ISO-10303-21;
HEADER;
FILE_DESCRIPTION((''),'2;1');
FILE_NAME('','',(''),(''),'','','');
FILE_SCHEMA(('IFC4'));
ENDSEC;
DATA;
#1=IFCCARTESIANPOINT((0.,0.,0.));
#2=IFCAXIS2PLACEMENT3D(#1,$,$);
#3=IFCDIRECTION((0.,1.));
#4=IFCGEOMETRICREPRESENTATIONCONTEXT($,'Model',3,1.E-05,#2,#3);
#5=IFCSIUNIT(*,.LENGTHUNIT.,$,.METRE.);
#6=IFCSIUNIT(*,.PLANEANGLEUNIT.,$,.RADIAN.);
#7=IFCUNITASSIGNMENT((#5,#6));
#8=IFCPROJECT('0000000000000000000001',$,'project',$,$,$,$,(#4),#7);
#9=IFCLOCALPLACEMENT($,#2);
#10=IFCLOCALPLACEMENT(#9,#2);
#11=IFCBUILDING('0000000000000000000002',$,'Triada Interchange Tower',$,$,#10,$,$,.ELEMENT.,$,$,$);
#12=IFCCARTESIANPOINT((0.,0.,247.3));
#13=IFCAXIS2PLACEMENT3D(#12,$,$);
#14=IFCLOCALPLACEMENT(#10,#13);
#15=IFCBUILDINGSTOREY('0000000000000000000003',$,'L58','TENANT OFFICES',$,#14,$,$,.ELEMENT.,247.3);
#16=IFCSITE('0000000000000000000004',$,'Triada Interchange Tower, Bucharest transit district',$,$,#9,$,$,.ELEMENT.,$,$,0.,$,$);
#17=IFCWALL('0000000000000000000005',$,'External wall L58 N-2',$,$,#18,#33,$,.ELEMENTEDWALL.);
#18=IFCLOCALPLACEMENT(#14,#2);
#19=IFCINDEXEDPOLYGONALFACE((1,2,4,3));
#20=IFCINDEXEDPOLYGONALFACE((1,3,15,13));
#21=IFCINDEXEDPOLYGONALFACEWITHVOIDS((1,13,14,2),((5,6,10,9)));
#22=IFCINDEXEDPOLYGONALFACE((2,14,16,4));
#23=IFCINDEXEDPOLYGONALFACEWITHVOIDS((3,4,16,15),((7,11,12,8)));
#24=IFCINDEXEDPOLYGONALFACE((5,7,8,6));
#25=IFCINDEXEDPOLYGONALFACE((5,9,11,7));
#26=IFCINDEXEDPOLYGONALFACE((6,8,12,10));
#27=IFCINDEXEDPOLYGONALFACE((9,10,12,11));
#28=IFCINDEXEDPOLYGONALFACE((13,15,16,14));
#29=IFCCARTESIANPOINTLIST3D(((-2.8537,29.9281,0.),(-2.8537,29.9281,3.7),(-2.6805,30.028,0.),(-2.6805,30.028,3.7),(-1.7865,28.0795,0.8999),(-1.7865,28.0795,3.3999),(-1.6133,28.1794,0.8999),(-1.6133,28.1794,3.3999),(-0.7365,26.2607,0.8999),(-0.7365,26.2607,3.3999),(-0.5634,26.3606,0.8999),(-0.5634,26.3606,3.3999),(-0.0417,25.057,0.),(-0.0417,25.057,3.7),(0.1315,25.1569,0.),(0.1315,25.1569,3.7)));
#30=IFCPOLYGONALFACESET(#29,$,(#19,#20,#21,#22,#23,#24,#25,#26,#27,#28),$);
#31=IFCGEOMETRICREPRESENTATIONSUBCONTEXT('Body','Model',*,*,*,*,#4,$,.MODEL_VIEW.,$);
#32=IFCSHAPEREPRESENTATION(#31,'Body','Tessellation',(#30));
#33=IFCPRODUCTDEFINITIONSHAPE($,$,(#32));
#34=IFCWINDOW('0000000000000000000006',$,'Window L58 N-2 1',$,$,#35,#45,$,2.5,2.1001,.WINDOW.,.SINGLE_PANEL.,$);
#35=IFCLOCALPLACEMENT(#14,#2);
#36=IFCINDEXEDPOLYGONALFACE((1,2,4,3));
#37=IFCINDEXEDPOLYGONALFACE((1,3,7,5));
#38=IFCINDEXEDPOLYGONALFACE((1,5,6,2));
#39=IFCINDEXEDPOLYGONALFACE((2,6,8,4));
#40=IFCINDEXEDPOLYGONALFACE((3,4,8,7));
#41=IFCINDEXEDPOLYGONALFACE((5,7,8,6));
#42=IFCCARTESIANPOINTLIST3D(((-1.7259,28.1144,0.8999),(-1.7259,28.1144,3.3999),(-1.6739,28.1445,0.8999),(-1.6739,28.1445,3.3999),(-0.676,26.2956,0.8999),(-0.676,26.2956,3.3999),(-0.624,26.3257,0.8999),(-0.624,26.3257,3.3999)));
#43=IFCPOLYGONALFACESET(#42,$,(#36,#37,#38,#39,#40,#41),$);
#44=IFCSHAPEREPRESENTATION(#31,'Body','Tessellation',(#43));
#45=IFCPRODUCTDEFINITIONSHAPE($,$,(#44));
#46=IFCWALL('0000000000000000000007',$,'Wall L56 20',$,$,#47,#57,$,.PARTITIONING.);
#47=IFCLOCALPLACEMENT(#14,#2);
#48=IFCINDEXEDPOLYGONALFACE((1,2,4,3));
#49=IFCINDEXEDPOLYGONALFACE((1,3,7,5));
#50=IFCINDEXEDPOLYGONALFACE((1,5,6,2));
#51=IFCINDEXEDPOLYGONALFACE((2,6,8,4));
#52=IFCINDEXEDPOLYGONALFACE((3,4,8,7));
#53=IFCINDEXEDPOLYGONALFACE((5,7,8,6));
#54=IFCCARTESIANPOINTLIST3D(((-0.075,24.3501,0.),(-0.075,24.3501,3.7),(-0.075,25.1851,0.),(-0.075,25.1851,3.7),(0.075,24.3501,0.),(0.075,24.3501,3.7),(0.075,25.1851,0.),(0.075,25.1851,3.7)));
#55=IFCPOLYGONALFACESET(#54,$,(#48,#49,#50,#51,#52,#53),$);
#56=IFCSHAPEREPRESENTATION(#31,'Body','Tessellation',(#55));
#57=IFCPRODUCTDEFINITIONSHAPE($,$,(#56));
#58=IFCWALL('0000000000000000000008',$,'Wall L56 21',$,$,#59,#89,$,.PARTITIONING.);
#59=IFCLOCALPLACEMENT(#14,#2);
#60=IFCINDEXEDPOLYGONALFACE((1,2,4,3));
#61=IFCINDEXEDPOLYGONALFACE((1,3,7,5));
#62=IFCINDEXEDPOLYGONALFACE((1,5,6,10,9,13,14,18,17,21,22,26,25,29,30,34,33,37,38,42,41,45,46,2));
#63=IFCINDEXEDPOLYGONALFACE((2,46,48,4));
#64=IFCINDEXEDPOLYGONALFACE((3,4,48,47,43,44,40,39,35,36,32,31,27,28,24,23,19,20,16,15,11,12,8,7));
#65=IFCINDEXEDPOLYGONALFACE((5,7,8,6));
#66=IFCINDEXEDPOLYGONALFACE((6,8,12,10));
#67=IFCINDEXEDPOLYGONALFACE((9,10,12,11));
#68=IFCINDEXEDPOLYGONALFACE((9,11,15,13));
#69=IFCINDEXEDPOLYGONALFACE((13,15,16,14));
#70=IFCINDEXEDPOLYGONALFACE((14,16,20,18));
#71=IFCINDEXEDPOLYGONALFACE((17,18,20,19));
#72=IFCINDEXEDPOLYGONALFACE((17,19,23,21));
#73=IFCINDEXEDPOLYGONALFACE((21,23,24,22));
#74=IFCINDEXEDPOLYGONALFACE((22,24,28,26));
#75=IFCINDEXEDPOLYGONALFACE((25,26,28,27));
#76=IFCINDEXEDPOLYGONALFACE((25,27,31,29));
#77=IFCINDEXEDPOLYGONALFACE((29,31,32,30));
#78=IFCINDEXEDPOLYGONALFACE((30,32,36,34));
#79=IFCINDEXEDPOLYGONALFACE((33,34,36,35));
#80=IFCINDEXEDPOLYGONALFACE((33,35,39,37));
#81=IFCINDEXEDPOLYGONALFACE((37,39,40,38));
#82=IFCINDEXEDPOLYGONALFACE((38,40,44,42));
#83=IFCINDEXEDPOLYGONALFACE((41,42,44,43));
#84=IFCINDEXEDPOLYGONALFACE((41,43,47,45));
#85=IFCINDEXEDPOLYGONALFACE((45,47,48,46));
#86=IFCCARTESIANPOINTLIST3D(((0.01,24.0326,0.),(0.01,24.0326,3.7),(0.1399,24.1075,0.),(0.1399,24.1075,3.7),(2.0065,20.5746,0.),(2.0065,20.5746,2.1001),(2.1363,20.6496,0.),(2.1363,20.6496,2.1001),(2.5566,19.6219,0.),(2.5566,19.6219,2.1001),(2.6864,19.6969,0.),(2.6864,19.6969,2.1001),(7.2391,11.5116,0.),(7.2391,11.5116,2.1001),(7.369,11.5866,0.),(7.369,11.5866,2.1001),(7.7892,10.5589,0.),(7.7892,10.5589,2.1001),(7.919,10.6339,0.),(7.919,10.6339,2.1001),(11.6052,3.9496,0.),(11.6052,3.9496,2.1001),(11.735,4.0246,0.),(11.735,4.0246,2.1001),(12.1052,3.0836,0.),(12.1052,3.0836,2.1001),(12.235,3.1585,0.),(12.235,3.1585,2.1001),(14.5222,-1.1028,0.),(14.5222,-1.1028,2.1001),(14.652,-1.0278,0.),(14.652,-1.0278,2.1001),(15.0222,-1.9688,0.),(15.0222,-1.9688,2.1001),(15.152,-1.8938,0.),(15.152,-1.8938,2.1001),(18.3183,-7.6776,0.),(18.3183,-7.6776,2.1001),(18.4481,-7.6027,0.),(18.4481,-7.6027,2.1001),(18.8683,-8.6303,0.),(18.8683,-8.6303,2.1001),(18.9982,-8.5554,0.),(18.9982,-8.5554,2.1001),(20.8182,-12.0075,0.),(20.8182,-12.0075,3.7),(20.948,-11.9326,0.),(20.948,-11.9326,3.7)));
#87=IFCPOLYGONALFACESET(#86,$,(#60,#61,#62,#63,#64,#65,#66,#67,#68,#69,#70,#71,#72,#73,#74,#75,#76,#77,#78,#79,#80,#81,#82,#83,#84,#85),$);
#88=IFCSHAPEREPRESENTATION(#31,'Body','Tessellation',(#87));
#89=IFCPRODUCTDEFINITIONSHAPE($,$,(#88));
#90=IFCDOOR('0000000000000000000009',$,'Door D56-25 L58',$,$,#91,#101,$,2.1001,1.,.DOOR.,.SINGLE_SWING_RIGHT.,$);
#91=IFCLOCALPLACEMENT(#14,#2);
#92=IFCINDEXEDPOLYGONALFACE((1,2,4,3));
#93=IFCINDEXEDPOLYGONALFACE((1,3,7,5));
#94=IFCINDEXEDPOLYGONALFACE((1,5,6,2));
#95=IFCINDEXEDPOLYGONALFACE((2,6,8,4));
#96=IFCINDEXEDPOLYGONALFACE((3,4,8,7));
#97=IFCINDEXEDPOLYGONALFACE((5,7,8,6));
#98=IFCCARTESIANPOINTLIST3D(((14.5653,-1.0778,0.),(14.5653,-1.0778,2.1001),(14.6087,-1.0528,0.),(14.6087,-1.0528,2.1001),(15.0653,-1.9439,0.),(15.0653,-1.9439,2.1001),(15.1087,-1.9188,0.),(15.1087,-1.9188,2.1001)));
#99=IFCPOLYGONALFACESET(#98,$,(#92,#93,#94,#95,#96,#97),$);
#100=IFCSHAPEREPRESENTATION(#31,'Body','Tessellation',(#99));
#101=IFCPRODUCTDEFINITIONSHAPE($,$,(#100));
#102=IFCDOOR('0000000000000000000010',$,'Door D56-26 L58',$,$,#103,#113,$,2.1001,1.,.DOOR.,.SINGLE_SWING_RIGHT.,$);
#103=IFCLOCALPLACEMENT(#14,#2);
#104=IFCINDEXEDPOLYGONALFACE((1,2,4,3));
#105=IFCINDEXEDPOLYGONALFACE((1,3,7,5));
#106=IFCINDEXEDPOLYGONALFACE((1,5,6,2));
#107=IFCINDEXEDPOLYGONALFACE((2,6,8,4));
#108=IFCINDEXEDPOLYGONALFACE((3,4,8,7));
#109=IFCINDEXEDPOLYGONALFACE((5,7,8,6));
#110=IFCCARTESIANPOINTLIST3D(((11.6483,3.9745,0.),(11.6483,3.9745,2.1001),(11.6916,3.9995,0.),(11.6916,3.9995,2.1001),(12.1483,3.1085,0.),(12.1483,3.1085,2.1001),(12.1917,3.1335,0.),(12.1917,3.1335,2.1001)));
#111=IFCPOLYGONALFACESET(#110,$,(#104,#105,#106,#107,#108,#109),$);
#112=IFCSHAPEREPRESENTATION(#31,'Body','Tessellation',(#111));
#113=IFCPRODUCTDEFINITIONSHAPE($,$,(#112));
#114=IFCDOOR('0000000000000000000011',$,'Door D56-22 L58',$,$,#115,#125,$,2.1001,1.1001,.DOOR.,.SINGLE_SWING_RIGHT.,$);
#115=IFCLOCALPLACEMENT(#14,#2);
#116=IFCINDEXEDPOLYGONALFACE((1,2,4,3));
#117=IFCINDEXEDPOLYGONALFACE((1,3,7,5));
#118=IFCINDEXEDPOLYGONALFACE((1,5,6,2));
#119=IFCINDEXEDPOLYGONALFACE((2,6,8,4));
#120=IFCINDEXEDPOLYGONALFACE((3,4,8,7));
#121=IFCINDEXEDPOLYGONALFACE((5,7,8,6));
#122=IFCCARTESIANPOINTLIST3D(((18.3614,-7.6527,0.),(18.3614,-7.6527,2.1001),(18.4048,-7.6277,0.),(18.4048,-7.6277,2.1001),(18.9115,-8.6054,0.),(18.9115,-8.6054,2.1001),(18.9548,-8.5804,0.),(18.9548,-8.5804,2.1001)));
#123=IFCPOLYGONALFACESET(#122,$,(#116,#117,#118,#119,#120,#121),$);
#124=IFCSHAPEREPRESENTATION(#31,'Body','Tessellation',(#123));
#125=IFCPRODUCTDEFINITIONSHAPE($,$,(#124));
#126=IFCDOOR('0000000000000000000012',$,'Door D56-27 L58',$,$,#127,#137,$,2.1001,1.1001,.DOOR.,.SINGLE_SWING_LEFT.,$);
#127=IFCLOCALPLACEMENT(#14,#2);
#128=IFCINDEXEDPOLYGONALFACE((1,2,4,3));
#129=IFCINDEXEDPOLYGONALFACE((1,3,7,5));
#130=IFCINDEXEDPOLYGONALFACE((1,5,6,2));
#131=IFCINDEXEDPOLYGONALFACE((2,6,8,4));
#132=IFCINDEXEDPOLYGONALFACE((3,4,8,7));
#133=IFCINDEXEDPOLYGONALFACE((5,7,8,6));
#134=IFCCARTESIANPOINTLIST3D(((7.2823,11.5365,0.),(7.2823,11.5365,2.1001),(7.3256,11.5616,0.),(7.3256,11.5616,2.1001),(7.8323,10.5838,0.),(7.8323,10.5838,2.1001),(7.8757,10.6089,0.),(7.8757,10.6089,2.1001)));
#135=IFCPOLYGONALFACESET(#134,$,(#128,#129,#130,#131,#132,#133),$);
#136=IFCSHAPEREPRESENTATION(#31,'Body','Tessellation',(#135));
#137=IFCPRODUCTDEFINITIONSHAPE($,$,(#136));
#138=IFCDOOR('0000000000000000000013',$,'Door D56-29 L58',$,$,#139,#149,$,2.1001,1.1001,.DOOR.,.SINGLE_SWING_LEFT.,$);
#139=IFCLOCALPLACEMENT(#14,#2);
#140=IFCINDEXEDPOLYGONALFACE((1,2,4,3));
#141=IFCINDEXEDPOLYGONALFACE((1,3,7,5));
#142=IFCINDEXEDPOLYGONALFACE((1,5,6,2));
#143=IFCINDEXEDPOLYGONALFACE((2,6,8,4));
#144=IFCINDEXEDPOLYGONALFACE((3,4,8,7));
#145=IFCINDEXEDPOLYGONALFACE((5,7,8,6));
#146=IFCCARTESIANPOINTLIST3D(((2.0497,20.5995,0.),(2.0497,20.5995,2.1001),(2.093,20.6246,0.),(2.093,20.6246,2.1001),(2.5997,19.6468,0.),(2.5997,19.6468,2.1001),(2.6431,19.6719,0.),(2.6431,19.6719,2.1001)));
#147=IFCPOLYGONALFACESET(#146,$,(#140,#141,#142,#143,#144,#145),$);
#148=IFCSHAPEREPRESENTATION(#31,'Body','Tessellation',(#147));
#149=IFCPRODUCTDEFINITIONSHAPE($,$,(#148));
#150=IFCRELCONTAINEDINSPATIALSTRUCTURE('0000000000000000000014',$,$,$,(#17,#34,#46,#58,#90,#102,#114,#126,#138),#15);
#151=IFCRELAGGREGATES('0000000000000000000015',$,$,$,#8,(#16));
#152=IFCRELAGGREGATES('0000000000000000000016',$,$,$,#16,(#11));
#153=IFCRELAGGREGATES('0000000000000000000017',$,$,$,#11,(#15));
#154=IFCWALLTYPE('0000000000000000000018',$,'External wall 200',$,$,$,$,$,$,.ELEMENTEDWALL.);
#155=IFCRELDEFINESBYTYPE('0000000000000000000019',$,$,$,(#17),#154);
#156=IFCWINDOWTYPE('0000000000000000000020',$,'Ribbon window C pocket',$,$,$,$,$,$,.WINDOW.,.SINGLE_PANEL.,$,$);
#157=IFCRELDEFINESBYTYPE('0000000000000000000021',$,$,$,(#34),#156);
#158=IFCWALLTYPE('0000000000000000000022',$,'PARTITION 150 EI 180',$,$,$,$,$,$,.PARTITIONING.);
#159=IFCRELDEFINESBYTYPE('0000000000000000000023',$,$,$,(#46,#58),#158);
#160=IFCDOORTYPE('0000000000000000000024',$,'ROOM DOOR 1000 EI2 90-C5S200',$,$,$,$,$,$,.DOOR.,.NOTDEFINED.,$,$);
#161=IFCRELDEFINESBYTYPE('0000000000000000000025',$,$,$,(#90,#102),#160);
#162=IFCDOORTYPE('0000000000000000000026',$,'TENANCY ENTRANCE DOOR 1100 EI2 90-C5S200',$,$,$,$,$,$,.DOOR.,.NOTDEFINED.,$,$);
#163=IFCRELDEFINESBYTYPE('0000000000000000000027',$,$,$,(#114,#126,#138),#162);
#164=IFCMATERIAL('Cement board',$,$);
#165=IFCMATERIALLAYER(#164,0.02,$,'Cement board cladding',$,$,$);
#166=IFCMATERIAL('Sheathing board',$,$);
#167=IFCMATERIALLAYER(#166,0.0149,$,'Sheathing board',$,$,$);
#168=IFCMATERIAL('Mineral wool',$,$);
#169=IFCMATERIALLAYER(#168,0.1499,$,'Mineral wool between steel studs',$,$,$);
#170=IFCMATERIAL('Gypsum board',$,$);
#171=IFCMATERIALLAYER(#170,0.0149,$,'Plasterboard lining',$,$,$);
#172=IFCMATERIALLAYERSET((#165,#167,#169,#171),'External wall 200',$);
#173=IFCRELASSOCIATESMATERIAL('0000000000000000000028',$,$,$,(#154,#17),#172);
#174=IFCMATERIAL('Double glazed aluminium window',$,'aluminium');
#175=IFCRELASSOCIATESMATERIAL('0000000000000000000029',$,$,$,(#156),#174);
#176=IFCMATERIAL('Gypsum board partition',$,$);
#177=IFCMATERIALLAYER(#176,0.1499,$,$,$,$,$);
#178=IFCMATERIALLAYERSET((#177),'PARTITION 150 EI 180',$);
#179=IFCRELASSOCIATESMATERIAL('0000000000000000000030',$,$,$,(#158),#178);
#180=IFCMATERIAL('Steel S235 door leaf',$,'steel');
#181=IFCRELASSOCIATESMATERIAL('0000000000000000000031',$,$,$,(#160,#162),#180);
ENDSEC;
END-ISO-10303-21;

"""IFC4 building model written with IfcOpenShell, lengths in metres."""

from ifc_helpers import new_model, si_unit, direction, frame, frame_2d, origin, place, context, subcontext, project, spatial, rectangle, extrude, material, layer, layer_set, layer_usage, type_object, element, fill, save


model = new_model("IFC4")

# Units and contexts
model_context = context("Model", 3, precision=1e-05, world=origin(), true_north=direction((0.0, 1.0)))
body_context = subcontext(model_context, "Body", "Model", "MODEL_VIEW")
ifc_project = project(units=[si_unit("LENGTHUNIT", "METRE"), si_unit("PLANEANGLEUNIT", "RADIAN")], contexts=[model_context])

# Site, building, storey
site_placement = place(None, origin())
site = spatial("IfcSite", under=ifc_project, at=site_placement, Name="Triada Interchange Tower, Bucharest transit district", CompositionType="ELEMENT", RefElevation=0.0)
building_placement = place(site_placement, origin())
building = spatial("IfcBuilding", under=site, at=building_placement, Name="Triada Interchange Tower", CompositionType="ELEMENT")
storey_placement = place(building_placement, frame((0.0, 0.0, 247.3)))
storey = spatial("IfcBuildingStorey", under=building, at=storey_placement, Name="L58", Description="TENANT OFFICES", CompositionType="ELEMENT", Elevation=247.3)

# Wall, opening, window
ifc_material_1 = material(Name="Cement board")
ifc_layer_1 = layer(ifc_material_1, 0.02, Name="Cement board cladding")
ifc_material_2 = material(Name="Sheathing board")
ifc_layer_2 = layer(ifc_material_2, 0.0149, Name="Sheathing board")
ifc_material_3 = material(Name="Mineral wool")
ifc_layer_3 = layer(ifc_material_3, 0.1499, Name="Mineral wool between steel studs")
ifc_material_4 = material(Name="Gypsum board")
ifc_layer_4 = layer(ifc_material_4, 0.0149, Name="Plasterboard lining")
ifc_layer_set_1 = layer_set([ifc_layer_1, ifc_layer_2, ifc_layer_3, ifc_layer_4], Name="External wall 200")
ifc_layer_usage = layer_usage(ifc_layer_set_1, "AXIS2", "POSITIVE", -0.1001)
wall_type_1 = type_object("IfcWallType", Name="External wall 200", PredefinedType="ELEMENTEDWALL", material=ifc_layer_set_1)
ifc_material_5 = material(Name="Double glazed aluminium window", Category="aluminium")
window_type = type_object("IfcWindowType", Name="Ribbon window C pocket", PartitioningType="SINGLE_PANEL", PredefinedType="WINDOW", material=ifc_material_5)
wall_1_placement = place(storey_placement, frame((0.0449, 25.1069, 0.0), z_axis=(0.0, 0.0, 1.0), x_axis=(-0.499958, 0.86605, 0.0)))
wall_1 = element("IfcWall", 1, at=wall_1_placement, inside=storey, type_object=wall_type_1, material=ifc_layer_usage, Name="External wall L58 N-2", PredefinedType="ELEMENTEDWALL", context=body_context, shape_type="SweptSolid", body=[
    extrude(rectangle(XDim=5.6245, YDim=0.2, at=frame_2d((2.8123, 0.0))), origin(), (0.0, 0.0, 1.0), 3.7),
])
opening_1_placement = place(wall_1_placement, frame((1.3899, 0.0, 0.8999)))
opening_1 = element("IfcOpeningElement", 2, at=opening_1_placement, cuts=wall_1, PredefinedType="OPENING", context=body_context, shape_type="SweptSolid", body=[
    extrude(rectangle(XDim=2.1001, YDim=2.5, at=frame_2d((1.05, 1.25))), frame((0.0, 0.1099, 0.0), z_axis=(0.0, -1.0, 0.0), x_axis=(1.0, 0.0, 0.0)), (0.0, 0.0, 1.0), 0.22),
])
window_1_placement = place(opening_1_placement, origin())
window_1 = element("IfcWindow", 3, at=window_1_placement, inside=storey, type_object=window_type, Name="Window L58 N-2 1", OverallHeight=2.5, OverallWidth=2.1001, PartitioningType="SINGLE_PANEL", PredefinedType="WINDOW", context=body_context, shape_type="SweptSolid", body=[
    extrude(rectangle(XDim=2.1001, YDim=2.5, at=frame_2d((1.05, 1.25))), frame((0.0, 0.03, 0.0), z_axis=(0.0, -1.0, 0.0), x_axis=(1.0, 0.0, 0.0)), (0.0, 0.0, 1.0), 0.0601),
])
fill(opening_1, window_1)

# Wall
ifc_material_6 = material(Name="Gypsum board partition")
ifc_layer_5 = layer(ifc_material_6, 0.1499)
ifc_layer_set_2 = layer_set([ifc_layer_5], Name="PARTITION 150 EI 180")
wall_type_2 = type_object("IfcWallType", Name="PARTITION 150 EI 180", PredefinedType="PARTITIONING", material=ifc_layer_set_2)
wall_2_placement = place(storey_placement, frame((0.0, 24.3501, 0.0), z_axis=(0.0, 0.0, 1.0), x_axis=(0.0, 1.0, 0.0)))
element("IfcWall", 4, at=wall_2_placement, inside=storey, type_object=wall_type_2, Name="Wall L56 20", PredefinedType="PARTITIONING", context=body_context, shape_type="SweptSolid", body=[
    extrude(rectangle(XDim=0.835, YDim=0.1499, at=frame_2d((0.4175, 0.0))), origin(), (0.0, 0.0, 1.0), 3.7),
])

# Wall, openings, doors
wall_3_placement = place(storey_placement, frame((0.075, 24.0701, 0.0), z_axis=(0.0, 0.0, 1.0), x_axis=(0.500007, -0.866021, 0.0)))
wall_3 = element("IfcWall", 5, at=wall_3_placement, inside=storey, type_object=wall_type_2, Name="Wall L56 21", PredefinedType="PARTITIONING", context=body_context, shape_type="SweptSolid", body=[
    extrude(rectangle(XDim=41.6157, YDim=0.1499, at=frame_2d((20.8079, 0.0))), origin(), (0.0, 0.0, 1.0), 3.7),
])
opening_2_placement = place(wall_3_placement, frame((36.616, 0.0, 0.0)))
opening_2 = element("IfcOpeningElement", 6, at=opening_2_placement, cuts=wall_3, PredefinedType="OPENING", context=body_context, shape_type="SweptSolid", body=[
    extrude(rectangle(XDim=1.1001, YDim=2.1001, at=frame_2d((0.55, 1.05))), frame((0.0, 0.085, 0.0), z_axis=(0.0, -1.0, 0.0), x_axis=(1.0, 0.0, 0.0)), (0.0, 0.0, 1.0), 0.1699),
])
opening_3_placement = place(wall_3_placement, frame((29.0239, 0.0, 0.0)))
opening_3 = element("IfcOpeningElement", 7, at=opening_3_placement, cuts=wall_3, PredefinedType="OPENING", context=body_context, shape_type="SweptSolid", body=[
    extrude(rectangle(XDim=1.0, YDim=2.1001, at=frame_2d((0.5, 1.05))), frame((0.0, 0.085, 0.0), z_axis=(0.0, -1.0, 0.0), x_axis=(1.0, 0.0, 0.0)), (0.0, 0.0, 1.0), 0.1699),
])
opening_4_placement = place(wall_3_placement, frame((23.1899, 0.0, 0.0)))
opening_4 = element("IfcOpeningElement", 8, at=opening_4_placement, cuts=wall_3, PredefinedType="OPENING", context=body_context, shape_type="SweptSolid", body=[
    extrude(rectangle(XDim=1.0, YDim=2.1001, at=frame_2d((0.5, 1.05))), frame((0.0, 0.085, 0.0), z_axis=(0.0, -1.0, 0.0), x_axis=(1.0, 0.0, 0.0)), (0.0, 0.0, 1.0), 0.1699),
])
opening_5_placement = place(wall_3_placement, frame((14.458, 0.0, 0.0)))
opening_5 = element("IfcOpeningElement", 9, at=opening_5_placement, cuts=wall_3, PredefinedType="OPENING", context=body_context, shape_type="SweptSolid", body=[
    extrude(rectangle(XDim=1.1001, YDim=2.1001, at=frame_2d((0.55, 1.05))), frame((0.0, 0.085, 0.0), z_axis=(0.0, -1.0, 0.0), x_axis=(1.0, 0.0, 0.0)), (0.0, 0.0, 1.0), 0.1699),
])
opening_6_placement = place(wall_3_placement, frame((3.9929, 0.0, 0.0)))
opening_6 = element("IfcOpeningElement", 10, at=opening_6_placement, cuts=wall_3, PredefinedType="OPENING", context=body_context, shape_type="SweptSolid", body=[
    extrude(rectangle(XDim=1.1001, YDim=2.1001, at=frame_2d((0.55, 1.05))), frame((0.0, 0.085, 0.0), z_axis=(0.0, -1.0, 0.0), x_axis=(1.0, 0.0, 0.0)), (0.0, 0.0, 1.0), 0.1699),
])
ifc_material_7 = material(Name="Steel S235 door leaf", Category="steel")
door_type_1 = type_object("IfcDoorType", Name="ROOM DOOR 1000 EI2 90-C5S200", OperationType="NOTDEFINED", PredefinedType="DOOR", material=ifc_material_7)
door_1_placement = place(opening_3_placement, origin())
door_1 = element("IfcDoor", 11, at=door_1_placement, inside=storey, type_object=door_type_1, Name="Door D56-25 L58", OperationType="SINGLE_SWING_RIGHT", OverallHeight=2.1001, OverallWidth=1.0, PredefinedType="DOOR", context=body_context, shape_type="SweptSolid", body=[
    extrude(rectangle(XDim=1.0, YDim=2.1001, at=frame_2d((0.5, 1.05))), frame((0.0, 0.0249, 0.0), z_axis=(0.0, -1.0, 0.0), x_axis=(1.0, 0.0, 0.0)), (0.0, 0.0, 1.0), 0.05),
])
fill(opening_3, door_1)
door_2_placement = place(opening_4_placement, origin())
door_2 = element("IfcDoor", 12, at=door_2_placement, inside=storey, type_object=door_type_1, Name="Door D56-26 L58", OperationType="SINGLE_SWING_RIGHT", OverallHeight=2.1001, OverallWidth=1.0, PredefinedType="DOOR", context=body_context, shape_type="SweptSolid", body=[
    extrude(rectangle(XDim=1.0, YDim=2.1001, at=frame_2d((0.5, 1.05))), frame((0.0, 0.0249, 0.0), z_axis=(0.0, -1.0, 0.0), x_axis=(1.0, 0.0, 0.0)), (0.0, 0.0, 1.0), 0.05),
])
fill(opening_4, door_2)
door_type_2 = type_object("IfcDoorType", Name="TENANCY ENTRANCE DOOR 1100 EI2 90-C5S200", OperationType="NOTDEFINED", PredefinedType="DOOR", material=ifc_material_7)
door_3_placement = place(opening_2_placement, origin())
door_3 = element("IfcDoor", 13, at=door_3_placement, inside=storey, type_object=door_type_2, Name="Door D56-22 L58", OperationType="SINGLE_SWING_RIGHT", OverallHeight=2.1001, OverallWidth=1.1001, PredefinedType="DOOR", context=body_context, shape_type="SweptSolid", body=[
    extrude(rectangle(XDim=1.1001, YDim=2.1001, at=frame_2d((0.55, 1.05))), frame((0.0, 0.0249, 0.0), z_axis=(0.0, -1.0, 0.0), x_axis=(1.0, 0.0, 0.0)), (0.0, 0.0, 1.0), 0.05),
])
fill(opening_2, door_3)
door_4_placement = place(opening_5_placement, origin())
door_4 = element("IfcDoor", 14, at=door_4_placement, inside=storey, type_object=door_type_2, Name="Door D56-27 L58", OperationType="SINGLE_SWING_LEFT", OverallHeight=2.1001, OverallWidth=1.1001, PredefinedType="DOOR", context=body_context, shape_type="SweptSolid", body=[
    extrude(rectangle(XDim=1.1001, YDim=2.1001, at=frame_2d((0.55, 1.05))), frame((0.0, 0.0249, 0.0), z_axis=(0.0, -1.0, 0.0), x_axis=(1.0, 0.0, 0.0)), (0.0, 0.0, 1.0), 0.05),
])
fill(opening_5, door_4)
door_5_placement = place(opening_6_placement, origin())
door_5 = element("IfcDoor", 15, at=door_5_placement, inside=storey, type_object=door_type_2, Name="Door D56-29 L58", OperationType="SINGLE_SWING_LEFT", OverallHeight=2.1001, OverallWidth=1.1001, PredefinedType="DOOR", context=body_context, shape_type="SweptSolid", body=[
    extrude(rectangle(XDim=1.1001, YDim=2.1001, at=frame_2d((0.55, 1.05))), frame((0.0, 0.0249, 0.0), z_axis=(0.0, -1.0, 0.0), x_axis=(1.0, 0.0, 0.0)), (0.0, 0.0, 1.0), 0.05),
])
fill(opening_6, door_5)

save(model, "model.ifc")
